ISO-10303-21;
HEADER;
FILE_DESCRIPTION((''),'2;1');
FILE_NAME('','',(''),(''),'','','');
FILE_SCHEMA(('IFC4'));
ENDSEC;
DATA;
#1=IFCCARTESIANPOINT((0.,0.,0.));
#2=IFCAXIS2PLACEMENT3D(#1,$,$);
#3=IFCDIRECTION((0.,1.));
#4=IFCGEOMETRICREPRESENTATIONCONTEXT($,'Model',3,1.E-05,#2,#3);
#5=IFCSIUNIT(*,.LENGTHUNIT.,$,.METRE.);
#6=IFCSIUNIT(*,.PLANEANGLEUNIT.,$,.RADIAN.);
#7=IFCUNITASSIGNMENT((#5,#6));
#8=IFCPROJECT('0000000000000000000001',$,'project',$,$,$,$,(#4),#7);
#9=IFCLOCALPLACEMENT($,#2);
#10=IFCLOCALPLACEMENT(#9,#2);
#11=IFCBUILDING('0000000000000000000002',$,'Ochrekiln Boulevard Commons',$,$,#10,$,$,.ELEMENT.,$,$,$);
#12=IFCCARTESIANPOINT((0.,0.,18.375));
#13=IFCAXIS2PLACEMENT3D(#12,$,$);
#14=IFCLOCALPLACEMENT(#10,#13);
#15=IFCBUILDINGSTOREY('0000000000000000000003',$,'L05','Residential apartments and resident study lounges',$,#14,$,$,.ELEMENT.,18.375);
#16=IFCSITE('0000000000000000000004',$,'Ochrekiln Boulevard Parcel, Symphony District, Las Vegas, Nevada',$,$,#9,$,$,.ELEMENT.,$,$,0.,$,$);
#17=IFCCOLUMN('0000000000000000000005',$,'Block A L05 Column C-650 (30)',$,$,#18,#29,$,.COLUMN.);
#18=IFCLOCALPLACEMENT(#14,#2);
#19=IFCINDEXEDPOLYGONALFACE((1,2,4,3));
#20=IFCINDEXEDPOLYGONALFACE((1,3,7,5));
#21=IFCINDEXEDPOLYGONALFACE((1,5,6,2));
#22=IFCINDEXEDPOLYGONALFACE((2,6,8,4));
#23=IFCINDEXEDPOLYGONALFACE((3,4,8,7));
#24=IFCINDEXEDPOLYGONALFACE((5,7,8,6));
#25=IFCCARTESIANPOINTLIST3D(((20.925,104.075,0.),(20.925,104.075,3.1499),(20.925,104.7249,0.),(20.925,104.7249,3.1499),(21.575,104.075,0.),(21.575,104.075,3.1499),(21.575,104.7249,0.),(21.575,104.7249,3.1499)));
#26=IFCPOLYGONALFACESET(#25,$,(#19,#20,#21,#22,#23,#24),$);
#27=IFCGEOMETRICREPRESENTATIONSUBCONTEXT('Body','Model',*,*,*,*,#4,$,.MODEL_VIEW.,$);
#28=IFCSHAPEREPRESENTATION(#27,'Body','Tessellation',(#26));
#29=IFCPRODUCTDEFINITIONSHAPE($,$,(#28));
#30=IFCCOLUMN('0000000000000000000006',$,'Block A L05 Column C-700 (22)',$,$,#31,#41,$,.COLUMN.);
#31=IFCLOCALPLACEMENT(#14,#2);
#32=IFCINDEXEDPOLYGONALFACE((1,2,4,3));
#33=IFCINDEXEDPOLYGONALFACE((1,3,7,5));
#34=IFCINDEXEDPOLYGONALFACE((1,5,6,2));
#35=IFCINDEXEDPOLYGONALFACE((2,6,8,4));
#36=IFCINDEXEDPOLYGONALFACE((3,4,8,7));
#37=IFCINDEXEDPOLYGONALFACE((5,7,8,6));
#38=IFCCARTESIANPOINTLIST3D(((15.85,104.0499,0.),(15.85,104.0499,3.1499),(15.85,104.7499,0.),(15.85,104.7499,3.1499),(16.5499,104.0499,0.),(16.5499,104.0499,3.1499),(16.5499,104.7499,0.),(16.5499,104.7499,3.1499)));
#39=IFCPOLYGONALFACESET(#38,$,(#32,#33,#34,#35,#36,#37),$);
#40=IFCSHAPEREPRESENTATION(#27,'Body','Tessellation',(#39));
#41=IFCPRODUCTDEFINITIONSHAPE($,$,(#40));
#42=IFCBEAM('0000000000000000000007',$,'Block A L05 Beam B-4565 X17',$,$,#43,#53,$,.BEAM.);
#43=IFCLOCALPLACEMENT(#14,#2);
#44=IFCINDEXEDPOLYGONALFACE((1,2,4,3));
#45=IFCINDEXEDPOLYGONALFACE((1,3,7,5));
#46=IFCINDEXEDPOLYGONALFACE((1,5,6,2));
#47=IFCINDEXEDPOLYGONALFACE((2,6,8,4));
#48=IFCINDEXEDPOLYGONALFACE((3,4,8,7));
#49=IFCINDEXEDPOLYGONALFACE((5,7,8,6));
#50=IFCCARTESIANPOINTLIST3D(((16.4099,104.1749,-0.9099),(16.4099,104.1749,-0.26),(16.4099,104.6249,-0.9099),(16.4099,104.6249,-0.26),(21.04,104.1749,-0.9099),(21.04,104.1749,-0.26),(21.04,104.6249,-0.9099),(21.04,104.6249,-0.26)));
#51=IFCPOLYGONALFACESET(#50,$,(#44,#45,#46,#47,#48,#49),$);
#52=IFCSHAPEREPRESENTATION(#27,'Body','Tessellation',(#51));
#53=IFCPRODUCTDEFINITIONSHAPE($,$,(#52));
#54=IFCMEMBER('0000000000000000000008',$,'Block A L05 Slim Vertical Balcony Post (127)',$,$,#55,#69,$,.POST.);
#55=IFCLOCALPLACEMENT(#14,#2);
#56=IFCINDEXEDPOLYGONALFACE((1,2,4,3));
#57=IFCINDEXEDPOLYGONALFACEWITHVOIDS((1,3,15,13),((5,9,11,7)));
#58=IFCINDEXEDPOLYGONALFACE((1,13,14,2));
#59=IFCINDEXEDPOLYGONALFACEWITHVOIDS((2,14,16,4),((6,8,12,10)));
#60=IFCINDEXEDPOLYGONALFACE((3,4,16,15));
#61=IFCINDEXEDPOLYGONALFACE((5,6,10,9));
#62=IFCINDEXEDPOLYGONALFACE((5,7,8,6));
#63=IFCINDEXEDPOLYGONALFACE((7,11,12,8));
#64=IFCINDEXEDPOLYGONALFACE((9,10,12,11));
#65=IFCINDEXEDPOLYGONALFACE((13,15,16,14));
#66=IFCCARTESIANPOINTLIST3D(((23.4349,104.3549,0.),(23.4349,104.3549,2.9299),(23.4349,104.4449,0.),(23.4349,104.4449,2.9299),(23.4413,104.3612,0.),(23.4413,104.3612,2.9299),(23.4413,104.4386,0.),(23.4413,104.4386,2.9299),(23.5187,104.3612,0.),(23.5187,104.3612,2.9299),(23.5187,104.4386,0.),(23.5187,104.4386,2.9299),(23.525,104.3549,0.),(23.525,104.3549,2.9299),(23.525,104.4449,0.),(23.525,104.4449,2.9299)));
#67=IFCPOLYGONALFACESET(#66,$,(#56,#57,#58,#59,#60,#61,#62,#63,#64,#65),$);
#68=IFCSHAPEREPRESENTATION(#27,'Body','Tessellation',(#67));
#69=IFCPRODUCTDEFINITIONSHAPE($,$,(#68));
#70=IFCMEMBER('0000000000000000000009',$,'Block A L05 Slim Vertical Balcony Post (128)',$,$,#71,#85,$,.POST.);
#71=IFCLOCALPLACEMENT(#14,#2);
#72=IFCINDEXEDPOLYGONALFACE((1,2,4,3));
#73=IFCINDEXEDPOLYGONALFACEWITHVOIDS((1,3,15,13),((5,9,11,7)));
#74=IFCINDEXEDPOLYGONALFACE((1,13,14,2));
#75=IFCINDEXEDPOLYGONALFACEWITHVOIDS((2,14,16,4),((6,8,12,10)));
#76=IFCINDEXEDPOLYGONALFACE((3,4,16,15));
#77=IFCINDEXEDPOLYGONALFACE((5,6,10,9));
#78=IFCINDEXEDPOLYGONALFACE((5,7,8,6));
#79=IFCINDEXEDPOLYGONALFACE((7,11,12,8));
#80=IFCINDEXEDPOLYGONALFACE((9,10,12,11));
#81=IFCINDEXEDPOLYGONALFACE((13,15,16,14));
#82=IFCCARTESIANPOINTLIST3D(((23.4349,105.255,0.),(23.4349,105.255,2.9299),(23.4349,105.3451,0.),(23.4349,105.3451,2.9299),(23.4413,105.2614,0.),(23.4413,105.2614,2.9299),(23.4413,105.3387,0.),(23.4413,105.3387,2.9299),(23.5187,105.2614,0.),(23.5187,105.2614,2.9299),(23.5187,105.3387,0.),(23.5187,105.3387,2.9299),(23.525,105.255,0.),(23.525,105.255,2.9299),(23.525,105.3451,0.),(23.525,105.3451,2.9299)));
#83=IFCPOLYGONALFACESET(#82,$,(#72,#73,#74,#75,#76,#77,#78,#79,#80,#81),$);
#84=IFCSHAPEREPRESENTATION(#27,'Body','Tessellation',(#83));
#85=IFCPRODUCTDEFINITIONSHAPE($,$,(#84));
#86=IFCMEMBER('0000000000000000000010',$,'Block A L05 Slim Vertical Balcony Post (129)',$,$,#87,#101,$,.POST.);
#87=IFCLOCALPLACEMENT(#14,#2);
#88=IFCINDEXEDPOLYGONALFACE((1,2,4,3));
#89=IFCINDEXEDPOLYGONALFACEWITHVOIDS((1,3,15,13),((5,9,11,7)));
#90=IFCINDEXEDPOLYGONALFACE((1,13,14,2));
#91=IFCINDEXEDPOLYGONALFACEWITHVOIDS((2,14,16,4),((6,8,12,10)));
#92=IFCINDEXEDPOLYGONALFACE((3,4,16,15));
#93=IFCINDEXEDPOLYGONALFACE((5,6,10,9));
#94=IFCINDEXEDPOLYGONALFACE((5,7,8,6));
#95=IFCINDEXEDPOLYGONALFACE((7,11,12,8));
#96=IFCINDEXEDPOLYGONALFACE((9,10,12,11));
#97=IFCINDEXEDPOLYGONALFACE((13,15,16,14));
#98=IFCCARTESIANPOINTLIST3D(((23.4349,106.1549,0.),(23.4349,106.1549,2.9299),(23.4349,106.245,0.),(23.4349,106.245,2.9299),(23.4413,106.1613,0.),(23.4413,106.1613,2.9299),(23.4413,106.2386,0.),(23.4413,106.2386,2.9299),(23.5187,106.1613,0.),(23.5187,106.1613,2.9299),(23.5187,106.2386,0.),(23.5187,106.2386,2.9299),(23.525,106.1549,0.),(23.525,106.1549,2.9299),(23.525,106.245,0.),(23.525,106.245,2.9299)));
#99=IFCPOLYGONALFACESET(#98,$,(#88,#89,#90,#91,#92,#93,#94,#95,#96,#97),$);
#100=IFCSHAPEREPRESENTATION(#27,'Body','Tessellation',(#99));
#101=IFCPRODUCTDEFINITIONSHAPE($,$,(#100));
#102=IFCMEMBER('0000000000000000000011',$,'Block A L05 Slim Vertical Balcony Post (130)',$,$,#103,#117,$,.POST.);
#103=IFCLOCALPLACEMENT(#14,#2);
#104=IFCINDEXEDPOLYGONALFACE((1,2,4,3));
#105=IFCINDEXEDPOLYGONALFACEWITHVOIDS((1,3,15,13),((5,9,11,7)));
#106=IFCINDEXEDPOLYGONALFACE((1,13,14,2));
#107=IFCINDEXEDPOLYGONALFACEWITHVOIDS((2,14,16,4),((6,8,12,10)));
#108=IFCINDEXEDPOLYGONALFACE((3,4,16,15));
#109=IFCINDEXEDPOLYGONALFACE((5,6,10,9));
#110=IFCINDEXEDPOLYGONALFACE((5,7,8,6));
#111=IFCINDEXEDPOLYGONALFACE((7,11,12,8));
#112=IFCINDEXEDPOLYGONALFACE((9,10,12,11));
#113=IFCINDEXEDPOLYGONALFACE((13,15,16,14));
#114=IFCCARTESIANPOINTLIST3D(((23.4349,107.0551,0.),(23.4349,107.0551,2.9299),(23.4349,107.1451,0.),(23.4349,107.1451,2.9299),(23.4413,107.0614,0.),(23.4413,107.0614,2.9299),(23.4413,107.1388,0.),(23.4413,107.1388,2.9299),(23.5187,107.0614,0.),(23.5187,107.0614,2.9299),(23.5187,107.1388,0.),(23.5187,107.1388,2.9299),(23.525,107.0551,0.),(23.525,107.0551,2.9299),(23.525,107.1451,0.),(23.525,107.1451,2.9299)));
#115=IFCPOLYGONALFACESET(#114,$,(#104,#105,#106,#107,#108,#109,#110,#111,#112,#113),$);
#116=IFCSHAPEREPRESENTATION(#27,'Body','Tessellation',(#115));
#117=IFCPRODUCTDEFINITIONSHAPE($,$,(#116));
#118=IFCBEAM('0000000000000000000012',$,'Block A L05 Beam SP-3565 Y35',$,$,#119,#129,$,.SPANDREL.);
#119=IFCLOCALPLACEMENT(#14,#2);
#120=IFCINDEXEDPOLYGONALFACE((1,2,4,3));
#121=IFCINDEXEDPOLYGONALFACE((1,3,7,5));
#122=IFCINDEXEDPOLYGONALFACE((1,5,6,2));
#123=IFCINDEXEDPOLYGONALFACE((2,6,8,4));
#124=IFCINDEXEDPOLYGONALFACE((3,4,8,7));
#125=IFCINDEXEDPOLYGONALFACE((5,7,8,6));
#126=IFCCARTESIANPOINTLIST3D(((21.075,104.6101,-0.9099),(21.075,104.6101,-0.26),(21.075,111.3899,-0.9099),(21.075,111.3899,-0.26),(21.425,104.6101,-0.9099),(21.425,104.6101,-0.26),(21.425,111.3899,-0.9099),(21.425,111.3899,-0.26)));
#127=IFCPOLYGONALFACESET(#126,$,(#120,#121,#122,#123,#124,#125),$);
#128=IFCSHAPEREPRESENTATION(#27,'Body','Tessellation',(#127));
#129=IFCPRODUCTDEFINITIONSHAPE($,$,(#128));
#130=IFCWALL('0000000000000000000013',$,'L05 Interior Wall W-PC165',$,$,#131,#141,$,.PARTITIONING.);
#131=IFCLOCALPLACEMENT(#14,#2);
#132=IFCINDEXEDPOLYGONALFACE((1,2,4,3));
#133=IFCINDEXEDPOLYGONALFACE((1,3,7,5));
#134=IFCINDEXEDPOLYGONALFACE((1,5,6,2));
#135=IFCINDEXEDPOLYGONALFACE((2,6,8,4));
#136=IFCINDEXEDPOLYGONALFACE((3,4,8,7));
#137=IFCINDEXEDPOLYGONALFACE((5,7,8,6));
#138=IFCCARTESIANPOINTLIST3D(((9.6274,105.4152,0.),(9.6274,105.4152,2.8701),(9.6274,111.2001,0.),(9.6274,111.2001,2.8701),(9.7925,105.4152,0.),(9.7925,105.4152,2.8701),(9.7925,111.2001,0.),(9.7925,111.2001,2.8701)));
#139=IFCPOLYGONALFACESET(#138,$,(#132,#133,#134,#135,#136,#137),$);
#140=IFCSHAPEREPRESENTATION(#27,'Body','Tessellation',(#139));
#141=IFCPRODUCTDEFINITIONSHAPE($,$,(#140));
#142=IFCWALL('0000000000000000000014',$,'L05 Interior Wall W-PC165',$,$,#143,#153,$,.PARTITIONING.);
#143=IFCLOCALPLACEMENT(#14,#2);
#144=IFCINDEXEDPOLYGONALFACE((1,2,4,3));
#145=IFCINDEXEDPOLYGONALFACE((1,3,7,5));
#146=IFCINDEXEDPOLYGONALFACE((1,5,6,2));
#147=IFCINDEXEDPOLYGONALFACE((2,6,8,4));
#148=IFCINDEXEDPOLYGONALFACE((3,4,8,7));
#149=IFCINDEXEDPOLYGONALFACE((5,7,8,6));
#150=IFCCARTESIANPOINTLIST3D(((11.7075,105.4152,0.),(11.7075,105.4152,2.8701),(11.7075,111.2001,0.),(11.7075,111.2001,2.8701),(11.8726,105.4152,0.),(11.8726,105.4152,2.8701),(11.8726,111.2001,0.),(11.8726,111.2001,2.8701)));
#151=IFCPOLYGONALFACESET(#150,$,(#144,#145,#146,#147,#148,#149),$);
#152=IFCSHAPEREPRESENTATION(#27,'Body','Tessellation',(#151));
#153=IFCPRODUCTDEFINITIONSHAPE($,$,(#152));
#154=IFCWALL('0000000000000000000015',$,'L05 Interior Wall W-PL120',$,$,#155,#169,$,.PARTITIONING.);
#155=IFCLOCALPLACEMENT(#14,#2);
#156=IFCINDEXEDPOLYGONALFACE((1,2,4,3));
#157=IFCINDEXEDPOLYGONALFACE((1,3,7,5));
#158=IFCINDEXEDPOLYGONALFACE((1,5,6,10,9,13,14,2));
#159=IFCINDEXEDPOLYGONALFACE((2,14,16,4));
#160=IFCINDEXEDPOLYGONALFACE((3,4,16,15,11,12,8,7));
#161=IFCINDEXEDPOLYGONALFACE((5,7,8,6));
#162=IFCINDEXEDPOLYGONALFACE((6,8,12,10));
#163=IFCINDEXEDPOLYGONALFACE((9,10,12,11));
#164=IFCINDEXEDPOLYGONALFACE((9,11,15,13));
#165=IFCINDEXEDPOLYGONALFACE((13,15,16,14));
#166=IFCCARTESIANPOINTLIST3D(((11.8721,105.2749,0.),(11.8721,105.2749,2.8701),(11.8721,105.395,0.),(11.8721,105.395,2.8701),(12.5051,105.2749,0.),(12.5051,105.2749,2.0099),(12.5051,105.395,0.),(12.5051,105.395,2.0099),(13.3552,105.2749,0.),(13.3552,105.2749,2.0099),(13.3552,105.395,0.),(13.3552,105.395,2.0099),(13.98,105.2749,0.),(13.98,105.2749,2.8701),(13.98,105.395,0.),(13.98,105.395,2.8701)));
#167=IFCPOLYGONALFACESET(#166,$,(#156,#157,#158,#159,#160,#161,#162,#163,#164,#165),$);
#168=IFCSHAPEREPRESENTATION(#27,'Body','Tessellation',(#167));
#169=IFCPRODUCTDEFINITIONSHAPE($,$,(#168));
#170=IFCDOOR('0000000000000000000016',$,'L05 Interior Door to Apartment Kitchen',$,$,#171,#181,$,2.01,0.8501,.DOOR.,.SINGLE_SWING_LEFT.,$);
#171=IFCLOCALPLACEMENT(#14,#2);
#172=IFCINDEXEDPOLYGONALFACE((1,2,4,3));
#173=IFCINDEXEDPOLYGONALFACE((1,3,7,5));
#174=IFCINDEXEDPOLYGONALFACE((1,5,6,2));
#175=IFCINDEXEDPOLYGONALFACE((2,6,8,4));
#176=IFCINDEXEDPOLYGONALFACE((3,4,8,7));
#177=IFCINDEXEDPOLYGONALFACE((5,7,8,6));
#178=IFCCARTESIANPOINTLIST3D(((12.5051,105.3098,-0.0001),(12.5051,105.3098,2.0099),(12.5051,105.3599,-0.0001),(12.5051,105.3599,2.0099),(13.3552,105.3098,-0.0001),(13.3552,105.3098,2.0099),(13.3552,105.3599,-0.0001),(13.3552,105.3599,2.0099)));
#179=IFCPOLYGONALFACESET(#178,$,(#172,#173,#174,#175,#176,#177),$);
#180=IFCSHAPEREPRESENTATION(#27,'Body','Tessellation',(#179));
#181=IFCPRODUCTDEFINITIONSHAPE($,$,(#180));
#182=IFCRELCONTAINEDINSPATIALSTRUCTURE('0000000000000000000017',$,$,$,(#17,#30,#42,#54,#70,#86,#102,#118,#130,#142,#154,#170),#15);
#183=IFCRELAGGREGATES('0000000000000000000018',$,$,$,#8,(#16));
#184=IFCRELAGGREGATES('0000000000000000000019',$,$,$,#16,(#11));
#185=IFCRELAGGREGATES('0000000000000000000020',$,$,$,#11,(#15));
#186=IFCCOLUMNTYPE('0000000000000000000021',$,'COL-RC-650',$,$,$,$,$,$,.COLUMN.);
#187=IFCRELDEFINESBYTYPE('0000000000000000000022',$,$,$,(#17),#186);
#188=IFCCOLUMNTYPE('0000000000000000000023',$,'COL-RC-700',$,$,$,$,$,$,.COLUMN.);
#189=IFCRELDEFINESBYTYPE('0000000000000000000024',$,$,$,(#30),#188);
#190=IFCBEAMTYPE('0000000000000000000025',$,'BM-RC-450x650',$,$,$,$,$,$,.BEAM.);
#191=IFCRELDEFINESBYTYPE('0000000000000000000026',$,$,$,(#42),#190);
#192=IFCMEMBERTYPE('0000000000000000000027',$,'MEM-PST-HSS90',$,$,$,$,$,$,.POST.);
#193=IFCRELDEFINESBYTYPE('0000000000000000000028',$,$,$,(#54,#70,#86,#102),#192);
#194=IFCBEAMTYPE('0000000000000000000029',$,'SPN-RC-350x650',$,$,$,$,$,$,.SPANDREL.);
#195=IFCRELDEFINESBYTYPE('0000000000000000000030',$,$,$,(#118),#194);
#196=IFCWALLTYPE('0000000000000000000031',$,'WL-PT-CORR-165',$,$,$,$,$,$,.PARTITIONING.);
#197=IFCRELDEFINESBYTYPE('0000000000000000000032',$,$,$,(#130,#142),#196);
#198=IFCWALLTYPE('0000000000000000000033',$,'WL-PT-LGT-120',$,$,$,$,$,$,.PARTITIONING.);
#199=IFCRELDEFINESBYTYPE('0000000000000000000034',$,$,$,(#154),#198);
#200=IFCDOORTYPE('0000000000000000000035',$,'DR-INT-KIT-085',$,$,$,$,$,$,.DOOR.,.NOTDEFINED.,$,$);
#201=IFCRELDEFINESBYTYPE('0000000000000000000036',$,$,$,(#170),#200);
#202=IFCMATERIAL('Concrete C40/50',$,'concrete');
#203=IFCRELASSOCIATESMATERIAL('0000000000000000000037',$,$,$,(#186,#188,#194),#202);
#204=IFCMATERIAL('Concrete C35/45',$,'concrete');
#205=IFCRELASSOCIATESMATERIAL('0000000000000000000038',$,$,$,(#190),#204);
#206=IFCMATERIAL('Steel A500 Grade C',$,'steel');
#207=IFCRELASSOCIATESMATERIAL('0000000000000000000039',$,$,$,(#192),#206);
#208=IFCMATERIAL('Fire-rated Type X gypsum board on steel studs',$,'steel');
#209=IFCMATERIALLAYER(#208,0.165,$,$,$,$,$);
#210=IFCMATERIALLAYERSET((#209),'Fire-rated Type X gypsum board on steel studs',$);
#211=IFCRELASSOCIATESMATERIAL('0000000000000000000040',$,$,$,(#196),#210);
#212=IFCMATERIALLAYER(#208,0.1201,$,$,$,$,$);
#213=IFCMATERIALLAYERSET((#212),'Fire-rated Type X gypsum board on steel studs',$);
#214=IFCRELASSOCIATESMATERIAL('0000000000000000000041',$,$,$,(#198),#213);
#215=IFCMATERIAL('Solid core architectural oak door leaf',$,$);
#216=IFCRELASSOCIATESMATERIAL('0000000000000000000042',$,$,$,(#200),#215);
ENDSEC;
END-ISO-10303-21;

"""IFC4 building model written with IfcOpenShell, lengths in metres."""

from ifc_helpers import new_model, si_unit, direction, frame, frame_2d, origin, origin_2d, place, context, subcontext, project, spatial, rectangle, hollow_rectangle, extrude, material, layer, layer_set, material_profile, profile_set, type_object, element, fill, save


model = new_model("IFC4")

# Units and contexts
model_context = context("Model", 3, precision=1e-05, world=origin(), true_north=direction((0.0, 1.0)))
body_context = subcontext(model_context, "Body", "Model", "MODEL_VIEW")
ifc_project = project(units=[si_unit("LENGTHUNIT", "METRE"), si_unit("PLANEANGLEUNIT", "RADIAN")], contexts=[model_context])

# Site, building, storey
site_placement = place(None, origin())
site = spatial("IfcSite", under=ifc_project, at=site_placement, Name="Ochrekiln Boulevard Parcel, Symphony District, Las Vegas, Nevada", CompositionType="ELEMENT", RefElevation=0.0)
building_placement = place(site_placement, origin())
building = spatial("IfcBuilding", under=site, at=building_placement, Name="Ochrekiln Boulevard Commons", CompositionType="ELEMENT")
storey_placement = place(building_placement, frame((0.0, 0.0, 18.375)))
storey = spatial("IfcBuildingStorey", under=building, at=storey_placement, Name="L05", Description="Residential apartments and resident study lounges", CompositionType="ELEMENT", Elevation=18.375)

# Columns
ifc_material_1 = material(Name="Concrete C40/50", Category="concrete")
ifc_material_profile_1 = material_profile(ifc_material_1, rectangle(XDim=0.6499, YDim=0.6499, at=origin_2d()), Name="RC-COL-650x650")
ifc_profile_set_1 = profile_set([ifc_material_profile_1], Name="Concrete C40/50")
column_type_1 = type_object("IfcColumnType", Name="COL-RC-650", PredefinedType="COLUMN", material=ifc_profile_set_1)
column_1_placement = place(storey_placement, frame((21.25, 104.3999, 0.0), z_axis=(0.0, 0.0, 1.0), x_axis=(1.0, 0.0, 0.0)))
element("IfcColumn", 1, at=column_1_placement, inside=storey, type_object=column_type_1, Name="Block A L05 Column C-650 (30)", PredefinedType="COLUMN", context=body_context, shape_type="SweptSolid", body=[
    extrude(rectangle(XDim=0.6499, YDim=0.6499, at=origin_2d()), origin(), (0.0, 0.0, 1.0), 3.1499),
])
ifc_material_profile_2 = material_profile(ifc_material_1, rectangle(XDim=0.7, YDim=0.7, at=origin_2d()), Name="RC-COL-700x700")
ifc_profile_set_2 = profile_set([ifc_material_profile_2], Name="Concrete C40/50")
column_type_2 = type_object("IfcColumnType", Name="COL-RC-700", PredefinedType="COLUMN", material=ifc_profile_set_2)
column_2_placement = place(storey_placement, frame((16.2, 104.3999, 0.0), z_axis=(0.0, 0.0, 1.0), x_axis=(1.0, 0.0, 0.0)))
element("IfcColumn", 2, at=column_2_placement, inside=storey, type_object=column_type_2, Name="Block A L05 Column C-700 (22)", PredefinedType="COLUMN", context=body_context, shape_type="SweptSolid", body=[
    extrude(rectangle(XDim=0.7, YDim=0.7, at=origin_2d()), origin(), (0.0, 0.0, 1.0), 3.1499),
])

# Beam
ifc_material_2 = material(Name="Concrete C35/45", Category="concrete")
ifc_material_profile_3 = material_profile(ifc_material_2, rectangle(XDim=0.45, YDim=0.6499, at=origin_2d()), Name="RC-BM-450x650")
ifc_profile_set_3 = profile_set([ifc_material_profile_3], Name="Concrete C35/45")
beam_type_1 = type_object("IfcBeamType", Name="BM-RC-450x650", PredefinedType="BEAM", material=ifc_profile_set_3)
beam_1_placement = place(storey_placement, frame((16.4099, 104.3999, -0.585), z_axis=(1.0, 0.0, 0.0), x_axis=(0.0, 1.0, 0.0)))
element("IfcBeam", 3, at=beam_1_placement, inside=storey, type_object=beam_type_1, Name="Block A L05 Beam B-4565 X17", PredefinedType="BEAM", context=body_context, shape_type="SweptSolid", body=[
    extrude(rectangle(XDim=0.45, YDim=0.6499, at=origin_2d()), origin(), (0.0, 0.0, 1.0), 4.6301),
])

# Members
ifc_material_3 = material(Name="Steel A500 Grade C", Category="steel")
ifc_material_profile_4 = material_profile(ifc_material_3, hollow_rectangle(XDim=0.0901, YDim=0.0901, WallThickness=0.0063, at=origin_2d()), Name="HSS90X90X6.4")
ifc_profile_set_4 = profile_set([ifc_material_profile_4], Name="Steel A500 Grade C")
member_type = type_object("IfcMemberType", Name="MEM-PST-HSS90", PredefinedType="POST", material=ifc_profile_set_4)
for number, where, z_axis, x_axis, name in (
    (4, (23.48, 104.3999, 0.0), (0.0, 0.0, 1.0), (1.0, 0.0, 0.0), "Block A L05 Slim Vertical Balcony Post (127)"),
    (5, (23.48, 105.3, 0.0), (0.0, 0.0, 1.0), (1.0, 0.0, 0.0), "Block A L05 Slim Vertical Balcony Post (128)"),
    (6, (23.48, 106.2, 0.0), (0.0, 0.0, 1.0), (1.0, 0.0, 0.0), "Block A L05 Slim Vertical Balcony Post (129)"),
    (7, (23.48, 107.1001, 0.0), (0.0, 0.0, 1.0), (1.0, 0.0, 0.0), "Block A L05 Slim Vertical Balcony Post (130)"),
):
    element("IfcMember", number, at=place(storey_placement, frame(where, z_axis=z_axis, x_axis=x_axis)), inside=storey, type_object=member_type, Name=name, PredefinedType="POST", context=body_context, shape_type="SweptSolid", body=[
        extrude(hollow_rectangle(XDim=0.0901, YDim=0.0901, WallThickness=0.0063, at=origin_2d()), origin(), (0.0, 0.0, 1.0), 2.9299),
    ])

# Beam
ifc_material_profile_5 = material_profile(ifc_material_1, rectangle(XDim=0.3501, YDim=0.6499, at=origin_2d()), Name="RC-SPN-350x650")
ifc_profile_set_5 = profile_set([ifc_material_profile_5], Name="Concrete C40/50")
beam_type_2 = type_object("IfcBeamType", Name="SPN-RC-350x650", PredefinedType="SPANDREL", material=ifc_profile_set_5)
beam_2_placement = place(storey_placement, frame((21.25, 104.6101, -0.585), z_axis=(0.0, 1.0, 0.0), x_axis=(-1.0, 0.0, 0.0)))
element("IfcBeam", 8, at=beam_2_placement, inside=storey, type_object=beam_type_2, Name="Block A L05 Beam SP-3565 Y35", PredefinedType="SPANDREL", context=body_context, shape_type="SweptSolid", body=[
    extrude(rectangle(XDim=0.3501, YDim=0.6499, at=origin_2d()), origin(), (0.0, 0.0, 1.0), 6.7798),
])

# Walls
ifc_material_4 = material(Name="Fire-rated Type X gypsum board on steel studs", Category="steel")
ifc_layer_1 = layer(ifc_material_4, 0.165)
ifc_layer_set_1 = layer_set([ifc_layer_1], Name="Fire-rated Type X gypsum board on steel studs")
wall_type_1 = type_object("IfcWallType", Name="WL-PT-CORR-165", PredefinedType="PARTITIONING", material=ifc_layer_set_1)
for number, where, z_axis, x_axis, name in (
    (9, (9.71, 105.415, 0.0), (0.0, 0.0, 1.0), (0.0, 1.0, 0.0), "L05 Interior Wall W-PC165"),
    (10, (11.79, 105.415, 0.0), (0.0, 0.0, 1.0), (0.0, 1.0, 0.0), "L05 Interior Wall W-PC165"),
):
    element("IfcWall", number, at=place(storey_placement, frame(where, z_axis=z_axis, x_axis=x_axis)), inside=storey, type_object=wall_type_1, Name=name, PredefinedType="PARTITIONING", context=body_context, shape_type="SweptSolid", body=[
        extrude(rectangle(XDim=5.7849, YDim=0.165, at=frame_2d((2.8926, 0.0))), origin(), (0.0, 0.0, 1.0), 2.8701),
    ])

# Wall, opening, door
ifc_layer_2 = layer(ifc_material_4, 0.1201)
ifc_layer_set_2 = layer_set([ifc_layer_2], Name="Fire-rated Type X gypsum board on steel studs")
wall_type_2 = type_object("IfcWallType", Name="WL-PT-LGT-120", PredefinedType="PARTITIONING", material=ifc_layer_set_2)
wall_1_placement = place(storey_placement, frame((11.8721, 105.335, 0.0), z_axis=(0.0, 0.0, 1.0), x_axis=(1.0, 0.0, 0.0)))
wall_1 = element("IfcWall", 11, at=wall_1_placement, inside=storey, type_object=wall_type_2, Name="L05 Interior Wall W-PL120", PredefinedType="PARTITIONING", context=body_context, shape_type="SweptSolid", body=[
    extrude(rectangle(XDim=2.1079, YDim=0.1201, at=frame_2d((1.054, 0.0))), origin(), (0.0, 0.0, 1.0), 2.8701),
])
opening_1_placement = place(wall_1_placement, frame((0.6331, 0.0, 0.0)))
opening_1 = element("IfcOpeningElement", 12, at=opening_1_placement, cuts=wall_1, PredefinedType="OPENING", context=body_context, shape_type="SweptSolid", body=[
    extrude(rectangle(XDim=0.8501, YDim=2.01, at=frame_2d((0.425, 1.0049))), frame((0.0, 0.0701, 0.0), z_axis=(0.0, -1.0, 0.0), x_axis=(1.0, 0.0, 0.0)), (0.0, 0.0, 1.0), 0.1401),
])
ifc_material_5 = material(Name="Solid core architectural oak door leaf")
door_type_1 = type_object("IfcDoorType", Name="DR-INT-KIT-085", OperationType="NOTDEFINED", PredefinedType="DOOR", material=ifc_material_5)
door_1_placement = place(opening_1_placement, origin())
door_1 = element("IfcDoor", 13, at=door_1_placement, inside=storey, type_object=door_type_1, Name="L05 Interior Door to Apartment Kitchen", OperationType="SINGLE_SWING_LEFT", OverallHeight=2.01, OverallWidth=0.8501, PredefinedType="DOOR", context=body_context, shape_type="SweptSolid", body=[
    extrude(rectangle(XDim=0.8501, YDim=2.01, at=frame_2d((0.425, 1.0049))), frame((0.0, 0.0249, 0.0), z_axis=(0.0, -1.0, 0.0), x_axis=(1.0, 0.0, 0.0)), (0.0, 0.0, 1.0), 0.05),
])
fill(opening_1, door_1)

save(model, "model.ifc")
